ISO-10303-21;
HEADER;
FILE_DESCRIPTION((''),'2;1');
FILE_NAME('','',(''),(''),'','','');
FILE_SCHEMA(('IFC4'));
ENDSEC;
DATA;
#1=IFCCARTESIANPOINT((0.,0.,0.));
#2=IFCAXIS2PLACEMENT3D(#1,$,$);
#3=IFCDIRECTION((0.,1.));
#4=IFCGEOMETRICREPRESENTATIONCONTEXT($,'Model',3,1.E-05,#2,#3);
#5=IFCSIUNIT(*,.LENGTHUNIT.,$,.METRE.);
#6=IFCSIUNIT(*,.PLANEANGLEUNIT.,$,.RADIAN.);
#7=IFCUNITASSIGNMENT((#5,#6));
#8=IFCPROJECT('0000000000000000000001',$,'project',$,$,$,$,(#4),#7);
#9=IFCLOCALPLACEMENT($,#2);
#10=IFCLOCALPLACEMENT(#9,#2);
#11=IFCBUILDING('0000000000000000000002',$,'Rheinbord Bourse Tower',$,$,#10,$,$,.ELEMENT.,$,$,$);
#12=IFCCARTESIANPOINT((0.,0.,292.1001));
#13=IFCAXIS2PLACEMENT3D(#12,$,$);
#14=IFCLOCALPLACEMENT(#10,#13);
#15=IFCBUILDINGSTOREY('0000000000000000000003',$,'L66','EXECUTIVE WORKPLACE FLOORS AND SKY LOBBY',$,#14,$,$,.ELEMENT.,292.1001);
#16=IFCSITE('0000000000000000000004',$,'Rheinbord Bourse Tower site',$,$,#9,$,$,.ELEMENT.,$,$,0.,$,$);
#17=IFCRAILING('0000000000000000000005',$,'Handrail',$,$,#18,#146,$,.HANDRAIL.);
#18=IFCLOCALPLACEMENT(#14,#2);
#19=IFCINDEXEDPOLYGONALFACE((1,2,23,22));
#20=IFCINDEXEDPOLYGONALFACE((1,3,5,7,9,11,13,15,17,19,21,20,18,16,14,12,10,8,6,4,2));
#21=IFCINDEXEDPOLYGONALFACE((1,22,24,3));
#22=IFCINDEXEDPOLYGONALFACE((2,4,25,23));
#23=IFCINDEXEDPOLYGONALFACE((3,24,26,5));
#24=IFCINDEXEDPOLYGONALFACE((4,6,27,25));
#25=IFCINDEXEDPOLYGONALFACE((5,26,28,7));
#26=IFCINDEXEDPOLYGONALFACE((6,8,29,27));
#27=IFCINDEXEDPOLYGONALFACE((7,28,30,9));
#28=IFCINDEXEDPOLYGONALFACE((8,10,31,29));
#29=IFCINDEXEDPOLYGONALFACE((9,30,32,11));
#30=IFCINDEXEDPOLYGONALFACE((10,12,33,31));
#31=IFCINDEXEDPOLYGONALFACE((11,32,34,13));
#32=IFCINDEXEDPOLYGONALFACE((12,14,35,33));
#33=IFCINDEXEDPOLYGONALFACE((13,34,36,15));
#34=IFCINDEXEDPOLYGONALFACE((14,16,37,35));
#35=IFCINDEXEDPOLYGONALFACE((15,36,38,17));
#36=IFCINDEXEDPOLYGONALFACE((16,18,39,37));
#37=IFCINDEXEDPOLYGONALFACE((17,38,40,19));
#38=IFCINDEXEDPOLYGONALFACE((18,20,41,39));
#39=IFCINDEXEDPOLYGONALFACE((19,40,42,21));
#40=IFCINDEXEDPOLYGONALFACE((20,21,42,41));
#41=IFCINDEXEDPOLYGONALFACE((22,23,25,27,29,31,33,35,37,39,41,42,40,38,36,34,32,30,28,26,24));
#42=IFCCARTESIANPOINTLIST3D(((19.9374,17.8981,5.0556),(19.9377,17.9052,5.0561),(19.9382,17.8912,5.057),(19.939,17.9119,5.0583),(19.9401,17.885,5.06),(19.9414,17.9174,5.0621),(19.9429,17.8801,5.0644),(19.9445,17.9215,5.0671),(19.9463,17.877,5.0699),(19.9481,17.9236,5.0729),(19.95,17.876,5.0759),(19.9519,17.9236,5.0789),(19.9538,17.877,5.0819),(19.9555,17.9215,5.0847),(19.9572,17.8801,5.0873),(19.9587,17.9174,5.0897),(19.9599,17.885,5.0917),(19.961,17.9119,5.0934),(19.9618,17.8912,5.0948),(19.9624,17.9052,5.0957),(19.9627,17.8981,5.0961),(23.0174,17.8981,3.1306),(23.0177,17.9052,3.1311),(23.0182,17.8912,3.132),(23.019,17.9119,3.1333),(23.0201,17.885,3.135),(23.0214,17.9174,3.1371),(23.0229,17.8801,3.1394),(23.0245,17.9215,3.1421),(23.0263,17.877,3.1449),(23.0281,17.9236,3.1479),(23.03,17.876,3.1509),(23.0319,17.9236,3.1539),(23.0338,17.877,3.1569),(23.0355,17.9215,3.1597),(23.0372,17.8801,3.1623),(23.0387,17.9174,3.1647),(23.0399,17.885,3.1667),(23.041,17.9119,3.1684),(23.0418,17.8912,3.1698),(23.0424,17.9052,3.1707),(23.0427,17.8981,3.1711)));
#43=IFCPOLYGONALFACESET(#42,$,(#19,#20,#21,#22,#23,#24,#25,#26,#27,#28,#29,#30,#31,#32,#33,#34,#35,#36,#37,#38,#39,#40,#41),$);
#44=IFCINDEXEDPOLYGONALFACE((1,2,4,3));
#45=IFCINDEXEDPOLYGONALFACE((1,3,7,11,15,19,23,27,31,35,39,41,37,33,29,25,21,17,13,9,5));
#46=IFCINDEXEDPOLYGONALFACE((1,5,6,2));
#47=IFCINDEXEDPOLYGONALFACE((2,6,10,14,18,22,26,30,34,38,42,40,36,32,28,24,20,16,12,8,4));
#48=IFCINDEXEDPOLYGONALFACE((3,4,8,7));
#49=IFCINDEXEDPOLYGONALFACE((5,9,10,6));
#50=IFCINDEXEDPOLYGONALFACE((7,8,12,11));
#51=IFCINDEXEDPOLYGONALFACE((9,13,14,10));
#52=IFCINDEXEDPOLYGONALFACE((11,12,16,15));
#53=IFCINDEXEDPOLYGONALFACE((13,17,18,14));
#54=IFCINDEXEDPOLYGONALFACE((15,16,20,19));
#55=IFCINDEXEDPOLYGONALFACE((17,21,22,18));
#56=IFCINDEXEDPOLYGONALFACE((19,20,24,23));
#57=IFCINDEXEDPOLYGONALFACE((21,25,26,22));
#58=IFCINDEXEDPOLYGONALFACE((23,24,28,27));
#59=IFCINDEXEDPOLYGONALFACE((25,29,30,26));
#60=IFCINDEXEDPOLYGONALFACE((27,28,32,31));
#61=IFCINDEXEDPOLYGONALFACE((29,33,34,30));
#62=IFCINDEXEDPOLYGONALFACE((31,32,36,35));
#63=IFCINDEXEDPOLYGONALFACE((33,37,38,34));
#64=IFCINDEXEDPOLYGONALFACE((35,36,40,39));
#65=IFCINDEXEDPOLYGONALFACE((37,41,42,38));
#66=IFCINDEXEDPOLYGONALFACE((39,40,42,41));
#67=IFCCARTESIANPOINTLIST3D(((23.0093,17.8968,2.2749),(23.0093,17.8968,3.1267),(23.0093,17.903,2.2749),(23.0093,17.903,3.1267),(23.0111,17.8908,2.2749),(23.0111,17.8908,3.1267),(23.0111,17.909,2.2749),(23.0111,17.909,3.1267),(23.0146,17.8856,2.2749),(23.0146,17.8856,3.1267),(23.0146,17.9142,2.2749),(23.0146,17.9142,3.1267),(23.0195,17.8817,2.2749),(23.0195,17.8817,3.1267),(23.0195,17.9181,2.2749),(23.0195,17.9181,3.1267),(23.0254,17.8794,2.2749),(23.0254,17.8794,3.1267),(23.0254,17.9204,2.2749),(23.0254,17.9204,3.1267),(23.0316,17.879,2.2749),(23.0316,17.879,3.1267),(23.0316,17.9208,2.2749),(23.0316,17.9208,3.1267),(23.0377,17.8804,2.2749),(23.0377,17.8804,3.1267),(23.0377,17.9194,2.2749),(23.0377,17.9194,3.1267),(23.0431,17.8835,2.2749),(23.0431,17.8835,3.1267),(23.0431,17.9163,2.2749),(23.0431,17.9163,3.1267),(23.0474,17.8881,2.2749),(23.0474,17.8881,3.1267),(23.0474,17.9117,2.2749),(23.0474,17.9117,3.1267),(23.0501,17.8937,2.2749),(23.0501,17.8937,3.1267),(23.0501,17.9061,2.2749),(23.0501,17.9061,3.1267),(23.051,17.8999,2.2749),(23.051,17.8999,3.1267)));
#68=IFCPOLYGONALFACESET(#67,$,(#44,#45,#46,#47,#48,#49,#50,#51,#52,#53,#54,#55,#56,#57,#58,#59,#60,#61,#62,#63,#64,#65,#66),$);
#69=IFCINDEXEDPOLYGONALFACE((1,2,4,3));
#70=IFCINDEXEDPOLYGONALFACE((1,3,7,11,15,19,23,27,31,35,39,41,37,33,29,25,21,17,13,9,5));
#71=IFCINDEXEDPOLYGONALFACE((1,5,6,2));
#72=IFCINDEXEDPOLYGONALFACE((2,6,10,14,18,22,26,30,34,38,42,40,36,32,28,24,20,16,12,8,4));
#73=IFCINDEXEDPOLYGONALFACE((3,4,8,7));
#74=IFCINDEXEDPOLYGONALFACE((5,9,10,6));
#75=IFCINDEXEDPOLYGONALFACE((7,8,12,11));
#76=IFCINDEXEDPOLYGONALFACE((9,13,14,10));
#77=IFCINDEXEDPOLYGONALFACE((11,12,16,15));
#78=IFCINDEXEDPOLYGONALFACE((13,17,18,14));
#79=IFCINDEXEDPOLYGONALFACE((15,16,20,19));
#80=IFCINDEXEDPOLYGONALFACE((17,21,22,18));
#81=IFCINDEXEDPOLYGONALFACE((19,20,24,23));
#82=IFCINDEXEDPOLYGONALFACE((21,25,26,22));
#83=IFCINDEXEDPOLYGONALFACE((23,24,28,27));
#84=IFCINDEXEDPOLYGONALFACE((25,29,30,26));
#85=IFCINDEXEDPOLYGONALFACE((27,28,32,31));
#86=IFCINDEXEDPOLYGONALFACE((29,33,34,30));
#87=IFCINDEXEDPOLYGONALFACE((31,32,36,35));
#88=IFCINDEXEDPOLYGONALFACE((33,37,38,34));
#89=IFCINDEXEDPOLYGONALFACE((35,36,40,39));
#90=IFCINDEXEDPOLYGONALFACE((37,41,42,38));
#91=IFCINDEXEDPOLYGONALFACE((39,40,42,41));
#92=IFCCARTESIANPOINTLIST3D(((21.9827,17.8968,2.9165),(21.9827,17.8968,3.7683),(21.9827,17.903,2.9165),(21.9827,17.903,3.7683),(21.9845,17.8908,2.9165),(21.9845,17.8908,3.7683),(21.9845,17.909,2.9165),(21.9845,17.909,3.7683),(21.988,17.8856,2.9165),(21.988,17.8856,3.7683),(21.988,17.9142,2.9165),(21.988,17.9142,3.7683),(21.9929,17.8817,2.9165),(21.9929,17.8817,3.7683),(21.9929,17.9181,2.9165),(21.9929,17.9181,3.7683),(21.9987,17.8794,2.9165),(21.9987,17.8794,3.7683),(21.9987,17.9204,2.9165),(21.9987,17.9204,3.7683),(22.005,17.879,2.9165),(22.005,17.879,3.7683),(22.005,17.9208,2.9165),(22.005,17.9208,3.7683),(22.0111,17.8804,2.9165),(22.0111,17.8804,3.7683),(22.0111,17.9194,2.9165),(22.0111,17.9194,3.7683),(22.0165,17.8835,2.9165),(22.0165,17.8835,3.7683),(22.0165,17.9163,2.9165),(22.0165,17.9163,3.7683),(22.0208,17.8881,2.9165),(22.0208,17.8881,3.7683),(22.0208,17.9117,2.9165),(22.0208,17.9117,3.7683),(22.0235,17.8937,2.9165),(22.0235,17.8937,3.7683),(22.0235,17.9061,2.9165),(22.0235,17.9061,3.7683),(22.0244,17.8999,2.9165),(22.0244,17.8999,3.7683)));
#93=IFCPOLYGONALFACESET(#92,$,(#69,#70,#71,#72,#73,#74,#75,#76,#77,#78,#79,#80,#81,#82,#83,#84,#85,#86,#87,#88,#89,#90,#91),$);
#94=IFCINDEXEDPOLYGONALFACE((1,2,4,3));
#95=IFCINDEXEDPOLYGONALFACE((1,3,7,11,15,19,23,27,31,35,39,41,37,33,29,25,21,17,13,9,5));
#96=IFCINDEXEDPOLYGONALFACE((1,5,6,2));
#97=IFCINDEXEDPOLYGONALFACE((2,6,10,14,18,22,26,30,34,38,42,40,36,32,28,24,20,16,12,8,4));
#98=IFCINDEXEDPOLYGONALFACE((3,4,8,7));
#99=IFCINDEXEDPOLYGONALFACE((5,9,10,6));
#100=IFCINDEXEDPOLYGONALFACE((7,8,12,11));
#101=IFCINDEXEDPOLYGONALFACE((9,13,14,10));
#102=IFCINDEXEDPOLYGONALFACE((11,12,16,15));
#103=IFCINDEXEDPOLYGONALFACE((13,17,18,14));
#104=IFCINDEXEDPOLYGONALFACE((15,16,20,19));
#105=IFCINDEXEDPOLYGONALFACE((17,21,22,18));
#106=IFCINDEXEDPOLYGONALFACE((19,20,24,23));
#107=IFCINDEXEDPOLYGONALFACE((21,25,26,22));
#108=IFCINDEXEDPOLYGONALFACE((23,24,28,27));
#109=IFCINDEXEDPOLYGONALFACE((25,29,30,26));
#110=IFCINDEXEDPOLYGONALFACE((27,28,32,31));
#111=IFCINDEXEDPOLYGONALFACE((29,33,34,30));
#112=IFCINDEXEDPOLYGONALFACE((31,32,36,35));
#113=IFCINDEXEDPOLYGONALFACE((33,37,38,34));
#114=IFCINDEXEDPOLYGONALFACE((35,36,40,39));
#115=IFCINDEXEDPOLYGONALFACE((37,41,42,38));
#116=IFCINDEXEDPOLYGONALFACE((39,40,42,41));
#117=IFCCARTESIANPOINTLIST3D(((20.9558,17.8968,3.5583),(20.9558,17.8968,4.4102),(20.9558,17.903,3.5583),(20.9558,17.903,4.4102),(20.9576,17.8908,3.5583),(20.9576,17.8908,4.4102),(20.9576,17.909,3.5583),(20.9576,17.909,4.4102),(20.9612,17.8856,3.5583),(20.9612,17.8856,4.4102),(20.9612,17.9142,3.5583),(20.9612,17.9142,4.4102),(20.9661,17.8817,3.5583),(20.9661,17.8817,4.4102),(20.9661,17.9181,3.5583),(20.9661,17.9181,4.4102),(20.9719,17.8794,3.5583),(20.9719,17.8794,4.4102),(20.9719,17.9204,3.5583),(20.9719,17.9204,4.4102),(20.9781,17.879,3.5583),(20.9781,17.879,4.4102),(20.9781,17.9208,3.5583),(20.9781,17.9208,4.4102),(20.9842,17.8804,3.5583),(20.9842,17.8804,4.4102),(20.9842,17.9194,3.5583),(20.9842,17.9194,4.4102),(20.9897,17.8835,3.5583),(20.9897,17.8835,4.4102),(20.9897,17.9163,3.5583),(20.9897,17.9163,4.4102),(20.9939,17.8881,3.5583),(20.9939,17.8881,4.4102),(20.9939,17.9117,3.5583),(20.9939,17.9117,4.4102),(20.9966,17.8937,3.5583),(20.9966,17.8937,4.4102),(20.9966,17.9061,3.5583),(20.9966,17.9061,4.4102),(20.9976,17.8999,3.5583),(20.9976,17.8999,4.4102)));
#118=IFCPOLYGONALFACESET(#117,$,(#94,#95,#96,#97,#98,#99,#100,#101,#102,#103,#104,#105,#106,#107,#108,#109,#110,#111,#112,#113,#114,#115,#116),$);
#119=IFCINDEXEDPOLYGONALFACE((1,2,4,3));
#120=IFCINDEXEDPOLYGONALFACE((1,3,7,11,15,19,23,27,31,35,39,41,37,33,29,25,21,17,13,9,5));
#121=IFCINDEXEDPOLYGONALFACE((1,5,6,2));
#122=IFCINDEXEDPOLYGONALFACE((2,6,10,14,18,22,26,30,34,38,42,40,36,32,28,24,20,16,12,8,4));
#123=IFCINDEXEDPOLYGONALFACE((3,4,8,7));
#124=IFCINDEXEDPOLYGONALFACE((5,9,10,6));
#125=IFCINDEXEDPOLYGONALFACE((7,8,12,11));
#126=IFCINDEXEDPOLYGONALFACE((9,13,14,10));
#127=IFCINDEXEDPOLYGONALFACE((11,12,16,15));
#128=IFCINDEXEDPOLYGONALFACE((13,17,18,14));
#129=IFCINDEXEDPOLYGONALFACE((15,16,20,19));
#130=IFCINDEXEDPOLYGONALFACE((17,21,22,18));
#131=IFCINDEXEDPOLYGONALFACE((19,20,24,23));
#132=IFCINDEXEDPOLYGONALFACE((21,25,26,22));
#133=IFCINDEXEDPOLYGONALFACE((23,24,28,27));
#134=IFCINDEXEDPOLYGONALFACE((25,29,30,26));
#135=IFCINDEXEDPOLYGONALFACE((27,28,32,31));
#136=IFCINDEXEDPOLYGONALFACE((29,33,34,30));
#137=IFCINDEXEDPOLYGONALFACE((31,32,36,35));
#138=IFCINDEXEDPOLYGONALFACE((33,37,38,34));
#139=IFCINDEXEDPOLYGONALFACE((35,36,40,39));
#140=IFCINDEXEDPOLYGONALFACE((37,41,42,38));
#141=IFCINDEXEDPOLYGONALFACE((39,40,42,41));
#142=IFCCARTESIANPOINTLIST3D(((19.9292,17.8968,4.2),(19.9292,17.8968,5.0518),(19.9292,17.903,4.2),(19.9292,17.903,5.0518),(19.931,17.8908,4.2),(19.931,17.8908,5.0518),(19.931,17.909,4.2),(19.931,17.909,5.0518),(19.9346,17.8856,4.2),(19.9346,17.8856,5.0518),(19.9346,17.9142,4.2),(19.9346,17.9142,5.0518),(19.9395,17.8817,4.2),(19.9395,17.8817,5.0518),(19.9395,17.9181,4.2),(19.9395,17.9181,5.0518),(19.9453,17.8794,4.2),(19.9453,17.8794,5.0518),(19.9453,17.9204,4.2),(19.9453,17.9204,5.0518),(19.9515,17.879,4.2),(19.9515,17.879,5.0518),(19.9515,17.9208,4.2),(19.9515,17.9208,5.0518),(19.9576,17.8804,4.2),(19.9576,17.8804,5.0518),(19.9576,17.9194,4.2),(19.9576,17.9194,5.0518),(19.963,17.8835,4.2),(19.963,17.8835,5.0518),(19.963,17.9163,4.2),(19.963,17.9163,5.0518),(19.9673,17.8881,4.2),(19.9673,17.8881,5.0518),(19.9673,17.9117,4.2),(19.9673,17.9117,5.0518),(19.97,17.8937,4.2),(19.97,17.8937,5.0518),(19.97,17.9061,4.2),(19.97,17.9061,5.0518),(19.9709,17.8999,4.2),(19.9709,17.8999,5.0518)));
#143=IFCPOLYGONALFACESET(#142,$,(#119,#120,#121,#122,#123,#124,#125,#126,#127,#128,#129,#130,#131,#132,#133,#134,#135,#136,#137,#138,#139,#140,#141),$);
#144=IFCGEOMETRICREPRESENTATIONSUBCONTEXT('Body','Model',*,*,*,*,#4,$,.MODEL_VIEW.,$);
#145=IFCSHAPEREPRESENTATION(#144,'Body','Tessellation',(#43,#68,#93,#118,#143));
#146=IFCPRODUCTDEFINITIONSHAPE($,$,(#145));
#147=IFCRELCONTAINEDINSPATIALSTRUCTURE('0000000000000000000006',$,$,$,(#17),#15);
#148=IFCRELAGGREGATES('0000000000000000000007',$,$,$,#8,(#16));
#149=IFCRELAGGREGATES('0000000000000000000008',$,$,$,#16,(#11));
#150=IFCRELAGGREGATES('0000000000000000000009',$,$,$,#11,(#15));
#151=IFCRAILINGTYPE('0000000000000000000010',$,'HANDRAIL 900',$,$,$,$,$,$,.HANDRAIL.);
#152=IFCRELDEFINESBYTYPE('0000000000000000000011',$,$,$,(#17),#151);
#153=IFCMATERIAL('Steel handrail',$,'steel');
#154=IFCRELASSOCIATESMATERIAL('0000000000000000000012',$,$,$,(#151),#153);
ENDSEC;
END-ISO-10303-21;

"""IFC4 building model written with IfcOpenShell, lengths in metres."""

from ifc_helpers import new_model, si_unit, direction, frame, origin, origin_2d, place, context, subcontext, project, spatial, circle, extrude, material, type_object, element, save


model = new_model("IFC4")

# Units and contexts
model_context = context("Model", 3, precision=1e-05, world=origin(), true_north=direction((0.0, 1.0)))
body_context = subcontext(model_context, "Body", "Model", "MODEL_VIEW")
ifc_project = project(units=[si_unit("LENGTHUNIT", "METRE"), si_unit("PLANEANGLEUNIT", "RADIAN")], contexts=[model_context])

# Site, building, storey
site_placement = place(None, origin())
site = spatial("IfcSite", under=ifc_project, at=site_placement, Name="Rheinbord Bourse Tower site", CompositionType="ELEMENT", RefElevation=0.0)
building_placement = place(site_placement, origin())
building = spatial("IfcBuilding", under=site, at=building_placement, Name="Rheinbord Bourse Tower", CompositionType="ELEMENT")
storey_placement = place(building_placement, frame((0.0, 0.0, 292.1001)))
storey = spatial("IfcBuildingStorey", under=building, at=storey_placement, Name="L66", Description="EXECUTIVE WORKPLACE FLOORS AND SKY LOBBY", CompositionType="ELEMENT", Elevation=292.1001)

# Railing
ifc_material_1 = material(Name="Steel handrail", Category="steel")
railing_type = type_object("IfcRailingType", Name="HANDRAIL 900", PredefinedType="HANDRAIL", material=ifc_material_1)
railing_1_placement = place(storey_placement, frame((23.03, 17.8999, 2.2749)))
element("IfcRailing", 1, at=railing_1_placement, inside=storey, type_object=railing_type, Name="Handrail", PredefinedType="HANDRAIL", context=body_context, shape_type="SweptSolid", body=[
    extrude(circle(Radius=0.0239, at=origin_2d()), frame((0.0, 0.0, 0.876), z_axis=(-0.847998, 0.0, 0.529999), x_axis=(0.0, -1.0, 0.0)), (0.0, 0.0, 1.0), 3.6321),
    extrude(circle(Radius=0.021, at=origin_2d()), origin(), (0.0, 0.0, 1.0), 0.8518),
    extrude(circle(Radius=0.021, at=origin_2d()), frame((-1.0266, 0.0, 0.6416)), (0.0, 0.0, 1.0), 0.8518),
    extrude(circle(Radius=0.021, at=origin_2d()), frame((-2.0535, 0.0, 1.2834)), (0.0, 0.0, 1.0), 0.8518),
    extrude(circle(Radius=0.021, at=origin_2d()), frame((-3.0801, 0.0, 1.925)), (0.0, 0.0, 1.0), 0.8518),
])

save(model, "model.ifc")
